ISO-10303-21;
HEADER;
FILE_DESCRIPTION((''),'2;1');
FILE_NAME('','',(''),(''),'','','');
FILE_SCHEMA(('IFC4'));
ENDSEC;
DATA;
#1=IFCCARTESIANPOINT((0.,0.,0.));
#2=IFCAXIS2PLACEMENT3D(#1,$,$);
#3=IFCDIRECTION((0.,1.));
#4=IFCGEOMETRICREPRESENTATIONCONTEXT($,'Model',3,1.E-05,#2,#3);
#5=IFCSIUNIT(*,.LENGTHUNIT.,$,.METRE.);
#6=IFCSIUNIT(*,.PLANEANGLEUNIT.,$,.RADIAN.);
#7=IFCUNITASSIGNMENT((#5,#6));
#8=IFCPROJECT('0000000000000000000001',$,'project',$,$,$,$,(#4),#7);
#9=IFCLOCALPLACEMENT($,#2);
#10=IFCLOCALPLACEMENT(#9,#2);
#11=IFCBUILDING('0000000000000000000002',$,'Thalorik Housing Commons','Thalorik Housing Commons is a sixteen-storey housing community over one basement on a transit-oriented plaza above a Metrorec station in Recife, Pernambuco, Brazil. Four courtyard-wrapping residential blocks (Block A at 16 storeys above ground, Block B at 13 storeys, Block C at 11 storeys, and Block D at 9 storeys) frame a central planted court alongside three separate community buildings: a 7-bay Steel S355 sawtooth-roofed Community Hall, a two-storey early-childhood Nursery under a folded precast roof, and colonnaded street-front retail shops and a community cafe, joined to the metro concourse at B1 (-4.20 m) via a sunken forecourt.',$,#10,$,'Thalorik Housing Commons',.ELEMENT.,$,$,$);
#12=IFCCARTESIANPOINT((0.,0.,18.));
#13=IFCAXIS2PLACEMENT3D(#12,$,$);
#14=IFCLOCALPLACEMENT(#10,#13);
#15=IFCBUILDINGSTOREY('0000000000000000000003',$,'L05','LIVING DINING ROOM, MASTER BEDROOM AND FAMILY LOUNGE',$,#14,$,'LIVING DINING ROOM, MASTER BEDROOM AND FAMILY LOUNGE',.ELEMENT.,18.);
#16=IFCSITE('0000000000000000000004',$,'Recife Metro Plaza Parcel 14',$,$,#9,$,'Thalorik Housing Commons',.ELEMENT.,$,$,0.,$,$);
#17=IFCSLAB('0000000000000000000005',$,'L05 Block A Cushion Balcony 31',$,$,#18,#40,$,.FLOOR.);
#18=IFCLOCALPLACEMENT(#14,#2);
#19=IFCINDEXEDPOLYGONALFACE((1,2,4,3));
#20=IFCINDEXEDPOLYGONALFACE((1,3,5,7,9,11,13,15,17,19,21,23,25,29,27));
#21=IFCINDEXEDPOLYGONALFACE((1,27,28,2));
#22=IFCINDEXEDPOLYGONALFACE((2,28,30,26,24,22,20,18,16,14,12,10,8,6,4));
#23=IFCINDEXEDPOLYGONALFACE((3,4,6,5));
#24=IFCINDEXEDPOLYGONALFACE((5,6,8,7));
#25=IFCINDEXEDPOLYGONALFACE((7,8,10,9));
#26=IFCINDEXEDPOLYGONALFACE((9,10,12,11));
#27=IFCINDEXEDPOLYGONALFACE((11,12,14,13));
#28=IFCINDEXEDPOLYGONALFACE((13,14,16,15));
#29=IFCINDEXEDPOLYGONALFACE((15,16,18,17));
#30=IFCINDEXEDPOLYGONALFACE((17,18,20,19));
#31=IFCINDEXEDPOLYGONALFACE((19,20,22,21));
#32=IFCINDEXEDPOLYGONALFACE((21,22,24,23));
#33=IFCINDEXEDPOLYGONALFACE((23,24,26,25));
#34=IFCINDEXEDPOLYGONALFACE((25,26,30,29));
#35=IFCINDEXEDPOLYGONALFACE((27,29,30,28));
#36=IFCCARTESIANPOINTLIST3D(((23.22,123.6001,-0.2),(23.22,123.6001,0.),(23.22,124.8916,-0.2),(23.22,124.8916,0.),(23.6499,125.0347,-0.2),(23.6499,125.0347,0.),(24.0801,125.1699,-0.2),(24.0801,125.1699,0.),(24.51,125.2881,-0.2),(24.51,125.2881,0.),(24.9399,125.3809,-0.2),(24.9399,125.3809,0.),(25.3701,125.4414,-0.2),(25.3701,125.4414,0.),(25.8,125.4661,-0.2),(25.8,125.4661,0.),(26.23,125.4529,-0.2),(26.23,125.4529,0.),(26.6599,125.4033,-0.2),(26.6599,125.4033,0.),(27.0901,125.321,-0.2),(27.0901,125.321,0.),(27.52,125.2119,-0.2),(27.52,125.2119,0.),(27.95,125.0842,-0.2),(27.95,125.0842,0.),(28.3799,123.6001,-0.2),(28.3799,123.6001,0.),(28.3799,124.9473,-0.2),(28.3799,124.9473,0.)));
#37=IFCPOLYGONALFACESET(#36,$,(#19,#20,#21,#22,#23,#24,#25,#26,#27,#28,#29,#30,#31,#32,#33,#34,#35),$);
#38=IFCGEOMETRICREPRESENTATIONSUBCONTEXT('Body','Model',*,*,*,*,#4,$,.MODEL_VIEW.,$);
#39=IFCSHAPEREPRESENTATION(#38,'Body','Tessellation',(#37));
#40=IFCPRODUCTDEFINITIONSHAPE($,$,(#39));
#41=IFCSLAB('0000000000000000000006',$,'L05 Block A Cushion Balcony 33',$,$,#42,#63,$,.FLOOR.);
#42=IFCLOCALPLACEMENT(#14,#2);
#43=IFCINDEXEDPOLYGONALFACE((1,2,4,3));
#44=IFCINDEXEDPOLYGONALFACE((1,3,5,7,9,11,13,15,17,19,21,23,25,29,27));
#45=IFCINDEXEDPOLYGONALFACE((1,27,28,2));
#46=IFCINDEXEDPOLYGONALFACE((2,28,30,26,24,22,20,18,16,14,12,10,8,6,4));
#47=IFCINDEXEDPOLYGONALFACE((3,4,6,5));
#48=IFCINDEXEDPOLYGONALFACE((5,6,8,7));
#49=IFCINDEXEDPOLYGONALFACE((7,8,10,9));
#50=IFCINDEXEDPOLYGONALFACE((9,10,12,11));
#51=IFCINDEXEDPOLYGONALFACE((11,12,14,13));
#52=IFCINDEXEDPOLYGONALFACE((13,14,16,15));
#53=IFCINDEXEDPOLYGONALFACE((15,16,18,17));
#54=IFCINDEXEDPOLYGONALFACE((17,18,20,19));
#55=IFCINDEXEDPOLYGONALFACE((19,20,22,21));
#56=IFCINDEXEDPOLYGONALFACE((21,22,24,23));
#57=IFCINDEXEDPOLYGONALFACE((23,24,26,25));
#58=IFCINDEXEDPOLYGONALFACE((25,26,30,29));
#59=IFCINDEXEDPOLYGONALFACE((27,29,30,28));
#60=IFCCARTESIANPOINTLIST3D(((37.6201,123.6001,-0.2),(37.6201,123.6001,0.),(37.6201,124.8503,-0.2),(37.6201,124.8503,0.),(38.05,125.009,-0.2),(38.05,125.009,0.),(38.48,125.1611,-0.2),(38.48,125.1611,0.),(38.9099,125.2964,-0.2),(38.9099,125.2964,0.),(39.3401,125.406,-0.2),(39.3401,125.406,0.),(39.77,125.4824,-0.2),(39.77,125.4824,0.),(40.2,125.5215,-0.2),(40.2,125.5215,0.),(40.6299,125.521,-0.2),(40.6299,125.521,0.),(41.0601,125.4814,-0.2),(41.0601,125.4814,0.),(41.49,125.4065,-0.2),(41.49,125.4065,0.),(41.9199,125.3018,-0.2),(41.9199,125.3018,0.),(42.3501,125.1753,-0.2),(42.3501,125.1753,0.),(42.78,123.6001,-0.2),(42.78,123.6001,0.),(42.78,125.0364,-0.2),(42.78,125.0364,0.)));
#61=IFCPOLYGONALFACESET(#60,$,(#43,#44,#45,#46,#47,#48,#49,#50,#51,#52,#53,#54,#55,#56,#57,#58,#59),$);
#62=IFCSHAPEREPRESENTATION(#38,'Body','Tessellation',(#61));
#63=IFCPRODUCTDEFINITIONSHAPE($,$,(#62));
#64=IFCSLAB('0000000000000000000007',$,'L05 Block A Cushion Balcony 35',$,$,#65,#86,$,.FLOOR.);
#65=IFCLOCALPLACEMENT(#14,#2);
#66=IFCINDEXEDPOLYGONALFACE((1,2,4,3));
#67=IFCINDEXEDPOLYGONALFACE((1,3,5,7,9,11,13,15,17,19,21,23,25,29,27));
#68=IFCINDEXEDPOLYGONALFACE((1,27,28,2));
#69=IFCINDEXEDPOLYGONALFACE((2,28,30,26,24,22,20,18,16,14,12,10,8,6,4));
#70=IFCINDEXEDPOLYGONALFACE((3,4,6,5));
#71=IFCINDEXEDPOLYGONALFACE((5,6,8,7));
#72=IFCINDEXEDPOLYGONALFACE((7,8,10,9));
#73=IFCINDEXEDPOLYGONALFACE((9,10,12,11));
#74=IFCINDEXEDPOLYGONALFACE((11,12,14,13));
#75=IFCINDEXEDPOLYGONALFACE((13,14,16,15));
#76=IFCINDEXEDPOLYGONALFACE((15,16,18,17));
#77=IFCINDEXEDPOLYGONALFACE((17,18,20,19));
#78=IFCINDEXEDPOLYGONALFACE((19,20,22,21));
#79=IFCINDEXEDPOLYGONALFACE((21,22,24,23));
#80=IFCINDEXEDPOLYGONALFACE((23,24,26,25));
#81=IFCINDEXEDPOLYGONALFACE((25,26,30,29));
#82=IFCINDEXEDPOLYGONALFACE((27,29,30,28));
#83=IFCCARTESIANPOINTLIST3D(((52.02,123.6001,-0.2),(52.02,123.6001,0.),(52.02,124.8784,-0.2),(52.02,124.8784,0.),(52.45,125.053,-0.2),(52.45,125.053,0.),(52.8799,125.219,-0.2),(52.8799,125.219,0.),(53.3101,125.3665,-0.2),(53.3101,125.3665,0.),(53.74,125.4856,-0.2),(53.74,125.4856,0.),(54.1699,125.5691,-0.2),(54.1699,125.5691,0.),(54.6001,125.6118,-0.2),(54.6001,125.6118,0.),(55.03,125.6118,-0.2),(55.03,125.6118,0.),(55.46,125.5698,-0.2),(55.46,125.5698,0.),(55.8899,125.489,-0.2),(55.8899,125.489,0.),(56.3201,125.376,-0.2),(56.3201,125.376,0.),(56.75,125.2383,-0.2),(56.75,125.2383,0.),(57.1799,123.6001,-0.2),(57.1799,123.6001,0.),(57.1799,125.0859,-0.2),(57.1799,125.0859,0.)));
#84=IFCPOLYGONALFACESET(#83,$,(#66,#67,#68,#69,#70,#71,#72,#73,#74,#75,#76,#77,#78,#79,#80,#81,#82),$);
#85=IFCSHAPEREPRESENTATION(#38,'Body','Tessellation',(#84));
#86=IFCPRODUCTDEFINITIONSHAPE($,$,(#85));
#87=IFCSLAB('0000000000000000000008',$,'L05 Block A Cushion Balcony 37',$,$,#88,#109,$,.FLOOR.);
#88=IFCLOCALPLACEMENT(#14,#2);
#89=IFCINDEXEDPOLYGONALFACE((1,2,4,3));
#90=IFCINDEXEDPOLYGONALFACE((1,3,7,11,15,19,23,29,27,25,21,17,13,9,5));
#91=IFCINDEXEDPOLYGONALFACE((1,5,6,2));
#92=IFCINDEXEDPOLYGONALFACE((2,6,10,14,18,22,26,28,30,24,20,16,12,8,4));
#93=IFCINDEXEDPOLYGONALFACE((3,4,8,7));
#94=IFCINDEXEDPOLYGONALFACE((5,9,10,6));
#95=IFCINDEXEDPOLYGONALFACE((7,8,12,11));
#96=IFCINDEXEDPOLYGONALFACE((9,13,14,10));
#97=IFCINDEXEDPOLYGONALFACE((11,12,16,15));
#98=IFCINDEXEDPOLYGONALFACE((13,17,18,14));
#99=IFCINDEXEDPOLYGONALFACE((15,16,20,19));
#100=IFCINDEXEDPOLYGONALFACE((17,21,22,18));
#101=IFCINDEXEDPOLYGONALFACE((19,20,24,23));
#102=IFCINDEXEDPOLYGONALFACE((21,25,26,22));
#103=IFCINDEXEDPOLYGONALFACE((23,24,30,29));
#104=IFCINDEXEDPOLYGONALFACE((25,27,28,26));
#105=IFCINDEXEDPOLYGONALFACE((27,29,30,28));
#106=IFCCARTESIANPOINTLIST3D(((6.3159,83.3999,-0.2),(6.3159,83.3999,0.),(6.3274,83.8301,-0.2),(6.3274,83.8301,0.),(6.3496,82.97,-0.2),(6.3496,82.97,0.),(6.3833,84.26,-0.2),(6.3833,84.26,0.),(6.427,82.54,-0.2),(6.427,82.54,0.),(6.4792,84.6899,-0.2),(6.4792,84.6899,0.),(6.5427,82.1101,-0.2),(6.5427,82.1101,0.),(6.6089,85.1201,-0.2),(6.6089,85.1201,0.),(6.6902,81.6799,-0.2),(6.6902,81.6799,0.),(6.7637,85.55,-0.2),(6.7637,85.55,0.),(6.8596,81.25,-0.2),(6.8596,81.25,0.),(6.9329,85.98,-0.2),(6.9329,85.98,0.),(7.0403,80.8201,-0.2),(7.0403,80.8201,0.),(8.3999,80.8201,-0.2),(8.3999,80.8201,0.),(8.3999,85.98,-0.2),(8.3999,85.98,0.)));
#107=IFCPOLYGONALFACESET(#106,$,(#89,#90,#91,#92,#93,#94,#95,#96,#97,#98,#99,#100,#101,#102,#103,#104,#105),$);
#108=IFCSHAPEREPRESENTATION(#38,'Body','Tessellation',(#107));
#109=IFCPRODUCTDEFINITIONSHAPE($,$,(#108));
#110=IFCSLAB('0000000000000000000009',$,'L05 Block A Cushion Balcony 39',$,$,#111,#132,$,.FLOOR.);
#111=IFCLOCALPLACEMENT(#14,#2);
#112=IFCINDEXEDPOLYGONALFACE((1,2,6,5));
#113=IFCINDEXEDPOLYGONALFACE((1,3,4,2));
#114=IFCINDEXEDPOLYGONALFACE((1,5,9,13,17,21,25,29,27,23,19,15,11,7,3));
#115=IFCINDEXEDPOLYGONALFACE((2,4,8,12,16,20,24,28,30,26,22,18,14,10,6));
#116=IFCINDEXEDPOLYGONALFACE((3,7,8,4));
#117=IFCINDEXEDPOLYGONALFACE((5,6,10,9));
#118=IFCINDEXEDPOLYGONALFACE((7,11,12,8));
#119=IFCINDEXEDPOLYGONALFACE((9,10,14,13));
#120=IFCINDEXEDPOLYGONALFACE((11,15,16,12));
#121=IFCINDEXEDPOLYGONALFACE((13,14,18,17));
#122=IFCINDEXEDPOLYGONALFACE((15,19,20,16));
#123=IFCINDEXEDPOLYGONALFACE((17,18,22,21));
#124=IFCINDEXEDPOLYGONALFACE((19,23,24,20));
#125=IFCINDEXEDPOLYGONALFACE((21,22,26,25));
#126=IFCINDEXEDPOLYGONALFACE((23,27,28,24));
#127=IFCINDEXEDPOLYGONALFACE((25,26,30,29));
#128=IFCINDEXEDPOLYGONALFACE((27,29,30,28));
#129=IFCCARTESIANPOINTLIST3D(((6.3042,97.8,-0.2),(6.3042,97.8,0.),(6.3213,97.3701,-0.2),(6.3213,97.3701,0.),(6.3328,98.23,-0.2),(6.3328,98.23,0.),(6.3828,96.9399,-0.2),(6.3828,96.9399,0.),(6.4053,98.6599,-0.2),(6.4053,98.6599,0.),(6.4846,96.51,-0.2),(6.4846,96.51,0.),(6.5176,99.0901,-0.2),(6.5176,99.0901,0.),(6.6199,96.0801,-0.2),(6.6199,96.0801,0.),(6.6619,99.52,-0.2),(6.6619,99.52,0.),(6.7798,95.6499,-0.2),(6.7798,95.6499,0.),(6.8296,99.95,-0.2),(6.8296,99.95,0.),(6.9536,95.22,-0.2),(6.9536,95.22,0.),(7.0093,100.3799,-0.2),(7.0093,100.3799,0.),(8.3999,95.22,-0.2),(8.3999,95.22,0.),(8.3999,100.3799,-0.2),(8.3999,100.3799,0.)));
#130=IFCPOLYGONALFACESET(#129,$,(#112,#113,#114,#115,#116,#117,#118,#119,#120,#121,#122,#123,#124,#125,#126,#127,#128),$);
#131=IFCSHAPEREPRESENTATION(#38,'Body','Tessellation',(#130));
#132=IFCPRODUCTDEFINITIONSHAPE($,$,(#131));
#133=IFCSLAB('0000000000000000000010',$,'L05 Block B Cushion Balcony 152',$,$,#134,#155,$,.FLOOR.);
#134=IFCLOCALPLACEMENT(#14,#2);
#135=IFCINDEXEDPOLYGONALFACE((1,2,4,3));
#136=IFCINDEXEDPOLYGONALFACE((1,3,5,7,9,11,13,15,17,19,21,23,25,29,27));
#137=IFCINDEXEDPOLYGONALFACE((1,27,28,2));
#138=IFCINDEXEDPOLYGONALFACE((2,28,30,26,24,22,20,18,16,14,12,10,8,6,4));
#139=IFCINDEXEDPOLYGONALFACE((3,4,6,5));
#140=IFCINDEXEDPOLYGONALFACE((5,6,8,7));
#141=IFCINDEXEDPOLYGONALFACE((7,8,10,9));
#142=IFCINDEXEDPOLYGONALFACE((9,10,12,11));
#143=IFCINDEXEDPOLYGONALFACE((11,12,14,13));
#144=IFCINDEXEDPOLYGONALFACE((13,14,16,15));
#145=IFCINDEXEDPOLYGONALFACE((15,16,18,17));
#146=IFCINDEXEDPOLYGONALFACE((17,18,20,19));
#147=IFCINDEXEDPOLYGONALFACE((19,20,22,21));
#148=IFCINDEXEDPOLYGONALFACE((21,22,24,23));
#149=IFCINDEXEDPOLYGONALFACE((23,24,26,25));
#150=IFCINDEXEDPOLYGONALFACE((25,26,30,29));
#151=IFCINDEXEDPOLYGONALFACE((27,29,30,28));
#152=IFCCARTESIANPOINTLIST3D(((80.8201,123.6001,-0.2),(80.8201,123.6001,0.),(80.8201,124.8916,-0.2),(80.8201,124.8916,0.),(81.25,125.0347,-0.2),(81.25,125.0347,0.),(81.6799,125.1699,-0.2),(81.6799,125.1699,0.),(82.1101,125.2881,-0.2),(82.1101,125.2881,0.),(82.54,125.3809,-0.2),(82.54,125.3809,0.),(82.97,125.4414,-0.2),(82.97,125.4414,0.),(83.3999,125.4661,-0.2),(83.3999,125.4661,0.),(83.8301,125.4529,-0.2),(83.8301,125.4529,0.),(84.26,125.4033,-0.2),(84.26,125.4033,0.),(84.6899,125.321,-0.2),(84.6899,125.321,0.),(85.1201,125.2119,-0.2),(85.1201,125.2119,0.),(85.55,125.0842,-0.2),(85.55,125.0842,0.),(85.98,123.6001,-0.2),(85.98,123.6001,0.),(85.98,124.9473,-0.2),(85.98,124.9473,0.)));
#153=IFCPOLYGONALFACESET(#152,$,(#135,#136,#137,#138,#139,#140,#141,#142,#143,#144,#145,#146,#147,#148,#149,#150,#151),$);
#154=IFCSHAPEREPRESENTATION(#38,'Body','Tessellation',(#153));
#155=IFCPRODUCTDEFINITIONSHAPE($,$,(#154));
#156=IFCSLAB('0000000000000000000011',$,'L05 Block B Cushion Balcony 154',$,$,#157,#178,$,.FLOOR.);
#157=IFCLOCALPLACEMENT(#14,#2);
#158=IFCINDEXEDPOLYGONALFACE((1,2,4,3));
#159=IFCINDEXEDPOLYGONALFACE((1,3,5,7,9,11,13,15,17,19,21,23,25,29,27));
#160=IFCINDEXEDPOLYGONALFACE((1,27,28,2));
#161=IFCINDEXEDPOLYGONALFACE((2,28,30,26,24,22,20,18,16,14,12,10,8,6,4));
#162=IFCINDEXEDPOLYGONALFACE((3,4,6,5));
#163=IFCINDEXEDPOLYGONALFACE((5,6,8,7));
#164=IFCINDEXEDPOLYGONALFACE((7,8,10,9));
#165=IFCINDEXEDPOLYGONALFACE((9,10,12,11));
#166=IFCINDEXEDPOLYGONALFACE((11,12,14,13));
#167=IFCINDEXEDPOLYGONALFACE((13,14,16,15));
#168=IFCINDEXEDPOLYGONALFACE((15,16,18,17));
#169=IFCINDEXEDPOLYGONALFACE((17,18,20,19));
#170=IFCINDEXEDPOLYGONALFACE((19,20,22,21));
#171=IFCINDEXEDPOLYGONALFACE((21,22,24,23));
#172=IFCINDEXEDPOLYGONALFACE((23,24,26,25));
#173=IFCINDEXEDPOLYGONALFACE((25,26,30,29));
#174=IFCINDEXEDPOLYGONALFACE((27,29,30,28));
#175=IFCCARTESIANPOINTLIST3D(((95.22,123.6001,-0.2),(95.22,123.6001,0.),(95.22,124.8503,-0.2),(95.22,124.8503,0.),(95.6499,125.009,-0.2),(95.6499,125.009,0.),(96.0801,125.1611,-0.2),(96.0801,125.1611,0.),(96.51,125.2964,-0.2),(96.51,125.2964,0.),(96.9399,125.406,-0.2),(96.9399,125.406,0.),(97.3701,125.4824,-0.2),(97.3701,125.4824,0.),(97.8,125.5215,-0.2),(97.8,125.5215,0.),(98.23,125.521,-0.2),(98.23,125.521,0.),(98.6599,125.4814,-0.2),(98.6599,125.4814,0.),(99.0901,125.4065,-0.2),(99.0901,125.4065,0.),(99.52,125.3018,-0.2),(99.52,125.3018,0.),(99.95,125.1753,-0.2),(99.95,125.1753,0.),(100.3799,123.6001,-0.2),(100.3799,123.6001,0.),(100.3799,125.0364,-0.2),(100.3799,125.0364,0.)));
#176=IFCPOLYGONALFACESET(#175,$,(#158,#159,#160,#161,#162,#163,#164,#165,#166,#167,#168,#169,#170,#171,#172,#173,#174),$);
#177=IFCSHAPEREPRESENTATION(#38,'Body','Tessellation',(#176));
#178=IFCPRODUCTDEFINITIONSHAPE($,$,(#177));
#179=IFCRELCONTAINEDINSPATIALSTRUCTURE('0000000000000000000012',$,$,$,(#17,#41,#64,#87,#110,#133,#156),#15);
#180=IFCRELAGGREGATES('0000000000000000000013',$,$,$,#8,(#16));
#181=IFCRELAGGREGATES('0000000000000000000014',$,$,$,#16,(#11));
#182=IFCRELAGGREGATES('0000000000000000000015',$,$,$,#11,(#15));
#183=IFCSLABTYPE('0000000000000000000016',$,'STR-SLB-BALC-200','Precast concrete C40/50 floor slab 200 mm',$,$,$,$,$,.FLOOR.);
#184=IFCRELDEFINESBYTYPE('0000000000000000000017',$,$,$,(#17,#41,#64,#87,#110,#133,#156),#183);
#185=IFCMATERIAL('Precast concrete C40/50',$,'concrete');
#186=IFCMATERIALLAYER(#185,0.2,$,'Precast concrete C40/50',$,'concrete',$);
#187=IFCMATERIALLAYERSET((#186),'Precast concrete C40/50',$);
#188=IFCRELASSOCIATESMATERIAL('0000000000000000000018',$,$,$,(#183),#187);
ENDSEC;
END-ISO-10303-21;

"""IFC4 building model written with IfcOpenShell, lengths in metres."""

from ifc_helpers import new_model, si_unit, direction, frame, origin, place, context, subcontext, project, spatial, polyline, outline, extrude, material, layer, layer_set, type_object, element, save


model = new_model("IFC4")

# Units and contexts
model_context = context("Model", 3, precision=1e-05, world=origin(), true_north=direction((0.0, 1.0)))
body_context = subcontext(model_context, "Body", "Model", "MODEL_VIEW")
ifc_project = project(units=[si_unit("LENGTHUNIT", "METRE"), si_unit("PLANEANGLEUNIT", "RADIAN")], contexts=[model_context])

# Site, building, storey
site_placement = place(None, origin())
site = spatial("IfcSite", under=ifc_project, at=site_placement, Name="Recife Metro Plaza Parcel 14", LongName="Thalorik Housing Commons", CompositionType="ELEMENT", RefElevation=0.0)
building_placement = place(site_placement, origin())
building = spatial("IfcBuilding", under=site, at=building_placement, Name="Thalorik Housing Commons", Description="Thalorik Housing Commons is a sixteen-storey housing community over one basement on a transit-oriented plaza above a Metrorec station in Recife, Pernambuco, Brazil. Four courtyard-wrapping residential blocks (Block A at 16 storeys above ground, Block B at 13 storeys, Block C at 11 storeys, and Block D at 9 storeys) frame a central planted court alongside three separate community buildings: a 7-bay Steel S355 sawtooth-roofed Community Hall, a two-storey early-childhood Nursery under a folded precast roof, and colonnaded street-front retail shops and a community cafe, joined to the metro concourse at B1 (-4.20 m) via a sunken forecourt.", LongName="Thalorik Housing Commons", CompositionType="ELEMENT")
storey_placement = place(building_placement, frame((0.0, 0.0, 18.0)))
storey = spatial("IfcBuildingStorey", under=building, at=storey_placement, Name="L05", Description="LIVING DINING ROOM, MASTER BEDROOM AND FAMILY LOUNGE", LongName="LIVING DINING ROOM, MASTER BEDROOM AND FAMILY LOUNGE", CompositionType="ELEMENT", Elevation=18.0)

# Slabs
ifc_material_1 = material(Name="Precast concrete C40/50", Category="concrete")
ifc_layer_1 = layer(ifc_material_1, 0.2, Name="Precast concrete C40/50", Category="concrete")
ifc_layer_set_1 = layer_set([ifc_layer_1], Name="Precast concrete C40/50")
slab_type_1 = type_object("IfcSlabType", Name="STR-SLB-BALC-200", Description="Precast concrete C40/50 floor slab 200 mm", PredefinedType="FLOOR", material=ifc_layer_set_1)
slab_1_placement = place(storey_placement, frame((0.0, 0.0, -0.2)))
element("IfcSlab", 1, at=slab_1_placement, inside=storey, type_object=slab_type_1, Name="L05 Block A Cushion Balcony 31", PredefinedType="FLOOR", context=body_context, shape_type="SweptSolid", body=[
    extrude(outline(polyline([(23.22, 123.6001), (28.3799, 123.6001), (28.3799, 124.9473), (27.95, 125.0842), (27.52, 125.2119), (27.0901, 125.321), (26.6599, 125.4033), (26.23, 125.4529), (25.8, 125.4661), (25.3701, 125.4414), (24.9399, 125.3809), (24.51, 125.2881), (24.0801, 125.1699), (23.6499, 125.0347), (23.22, 124.8916), (23.22, 123.6001)])), origin(), (0.0, 0.0, 1.0), 0.2),
])
slab_2_placement = place(storey_placement, frame((0.0, 0.0, -0.2)))
element("IfcSlab", 2, at=slab_2_placement, inside=storey, type_object=slab_type_1, Name="L05 Block A Cushion Balcony 33", PredefinedType="FLOOR", context=body_context, shape_type="SweptSolid", body=[
    extrude(outline(polyline([(37.6201, 123.6001), (42.78, 123.6001), (42.78, 125.0364), (42.3501, 125.1753), (41.9199, 125.3018), (41.49, 125.4065), (41.0601, 125.4814), (40.6299, 125.521), (40.2, 125.5215), (39.77, 125.4824), (39.3401, 125.406), (38.9099, 125.2964), (38.48, 125.1611), (38.05, 125.009), (37.6201, 124.8503), (37.6201, 123.6001)])), origin(), (0.0, 0.0, 1.0), 0.2),
])
slab_3_placement = place(storey_placement, frame((0.0, 0.0, -0.2)))
element("IfcSlab", 3, at=slab_3_placement, inside=storey, type_object=slab_type_1, Name="L05 Block A Cushion Balcony 35", PredefinedType="FLOOR", context=body_context, shape_type="SweptSolid", body=[
    extrude(outline(polyline([(52.02, 123.6001), (57.1799, 123.6001), (57.1799, 125.0859), (56.75, 125.2383), (56.3201, 125.376), (55.8899, 125.489), (55.46, 125.5698), (55.03, 125.6118), (54.6001, 125.6118), (54.1699, 125.5691), (53.74, 125.4856), (53.3101, 125.3665), (52.8799, 125.219), (52.45, 125.053), (52.02, 124.8784), (52.02, 123.6001)])), origin(), (0.0, 0.0, 1.0), 0.2),
])
slab_4_placement = place(storey_placement, frame((0.0, 0.0, -0.2)))
element("IfcSlab", 4, at=slab_4_placement, inside=storey, type_object=slab_type_1, Name="L05 Block A Cushion Balcony 37", PredefinedType="FLOOR", context=body_context, shape_type="SweptSolid", body=[
    extrude(outline(polyline([(8.3999, 80.8201), (8.3999, 85.98), (6.9329, 85.98), (6.7637, 85.55), (6.6089, 85.1201), (6.4792, 84.6899), (6.3833, 84.26), (6.3274, 83.8301), (6.3159, 83.3999), (6.3496, 82.97), (6.427, 82.54), (6.5427, 82.1101), (6.6902, 81.6799), (6.8596, 81.25), (7.0403, 80.8201), (8.3999, 80.8201)])), origin(), (0.0, 0.0, 1.0), 0.2),
])
slab_5_placement = place(storey_placement, frame((0.0, 0.0, -0.2)))
element("IfcSlab", 5, at=slab_5_placement, inside=storey, type_object=slab_type_1, Name="L05 Block A Cushion Balcony 39", PredefinedType="FLOOR", context=body_context, shape_type="SweptSolid", body=[
    extrude(outline(polyline([(8.3999, 95.22), (8.3999, 100.3799), (7.0093, 100.3799), (6.8296, 99.95), (6.6619, 99.52), (6.5176, 99.0901), (6.4053, 98.6599), (6.3328, 98.23), (6.3042, 97.8), (6.3213, 97.3701), (6.3828, 96.9399), (6.4846, 96.51), (6.6199, 96.0801), (6.7798, 95.6499), (6.9536, 95.22), (8.3999, 95.22)])), origin(), (0.0, 0.0, 1.0), 0.2),
])
slab_6_placement = place(storey_placement, frame((0.0, 0.0, -0.2)))
element("IfcSlab", 6, at=slab_6_placement, inside=storey, type_object=slab_type_1, Name="L05 Block B Cushion Balcony 152", PredefinedType="FLOOR", context=body_context, shape_type="SweptSolid", body=[
    extrude(outline(polyline([(80.8201, 123.6001), (85.98, 123.6001), (85.98, 124.9473), (85.55, 125.0842), (85.1201, 125.2119), (84.6899, 125.321), (84.26, 125.4033), (83.8301, 125.4529), (83.3999, 125.4661), (82.97, 125.4414), (82.54, 125.3809), (82.1101, 125.2881), (81.6799, 125.1699), (81.25, 125.0347), (80.8201, 124.8916), (80.8201, 123.6001)])), origin(), (0.0, 0.0, 1.0), 0.2),
])
slab_7_placement = place(storey_placement, frame((0.0, 0.0, -0.2)))
element("IfcSlab", 7, at=slab_7_placement, inside=storey, type_object=slab_type_1, Name="L05 Block B Cushion Balcony 154", PredefinedType="FLOOR", context=body_context, shape_type="SweptSolid", body=[
    extrude(outline(polyline([(95.22, 123.6001), (100.3799, 123.6001), (100.3799, 125.0364), (99.95, 125.1753), (99.52, 125.3018), (99.0901, 125.4065), (98.6599, 125.4814), (98.23, 125.521), (97.8, 125.5215), (97.3701, 125.4824), (96.9399, 125.406), (96.51, 125.2964), (96.0801, 125.1611), (95.6499, 125.009), (95.22, 124.8503), (95.22, 123.6001)])), origin(), (0.0, 0.0, 1.0), 0.2),
])

save(model, "model.ifc")
